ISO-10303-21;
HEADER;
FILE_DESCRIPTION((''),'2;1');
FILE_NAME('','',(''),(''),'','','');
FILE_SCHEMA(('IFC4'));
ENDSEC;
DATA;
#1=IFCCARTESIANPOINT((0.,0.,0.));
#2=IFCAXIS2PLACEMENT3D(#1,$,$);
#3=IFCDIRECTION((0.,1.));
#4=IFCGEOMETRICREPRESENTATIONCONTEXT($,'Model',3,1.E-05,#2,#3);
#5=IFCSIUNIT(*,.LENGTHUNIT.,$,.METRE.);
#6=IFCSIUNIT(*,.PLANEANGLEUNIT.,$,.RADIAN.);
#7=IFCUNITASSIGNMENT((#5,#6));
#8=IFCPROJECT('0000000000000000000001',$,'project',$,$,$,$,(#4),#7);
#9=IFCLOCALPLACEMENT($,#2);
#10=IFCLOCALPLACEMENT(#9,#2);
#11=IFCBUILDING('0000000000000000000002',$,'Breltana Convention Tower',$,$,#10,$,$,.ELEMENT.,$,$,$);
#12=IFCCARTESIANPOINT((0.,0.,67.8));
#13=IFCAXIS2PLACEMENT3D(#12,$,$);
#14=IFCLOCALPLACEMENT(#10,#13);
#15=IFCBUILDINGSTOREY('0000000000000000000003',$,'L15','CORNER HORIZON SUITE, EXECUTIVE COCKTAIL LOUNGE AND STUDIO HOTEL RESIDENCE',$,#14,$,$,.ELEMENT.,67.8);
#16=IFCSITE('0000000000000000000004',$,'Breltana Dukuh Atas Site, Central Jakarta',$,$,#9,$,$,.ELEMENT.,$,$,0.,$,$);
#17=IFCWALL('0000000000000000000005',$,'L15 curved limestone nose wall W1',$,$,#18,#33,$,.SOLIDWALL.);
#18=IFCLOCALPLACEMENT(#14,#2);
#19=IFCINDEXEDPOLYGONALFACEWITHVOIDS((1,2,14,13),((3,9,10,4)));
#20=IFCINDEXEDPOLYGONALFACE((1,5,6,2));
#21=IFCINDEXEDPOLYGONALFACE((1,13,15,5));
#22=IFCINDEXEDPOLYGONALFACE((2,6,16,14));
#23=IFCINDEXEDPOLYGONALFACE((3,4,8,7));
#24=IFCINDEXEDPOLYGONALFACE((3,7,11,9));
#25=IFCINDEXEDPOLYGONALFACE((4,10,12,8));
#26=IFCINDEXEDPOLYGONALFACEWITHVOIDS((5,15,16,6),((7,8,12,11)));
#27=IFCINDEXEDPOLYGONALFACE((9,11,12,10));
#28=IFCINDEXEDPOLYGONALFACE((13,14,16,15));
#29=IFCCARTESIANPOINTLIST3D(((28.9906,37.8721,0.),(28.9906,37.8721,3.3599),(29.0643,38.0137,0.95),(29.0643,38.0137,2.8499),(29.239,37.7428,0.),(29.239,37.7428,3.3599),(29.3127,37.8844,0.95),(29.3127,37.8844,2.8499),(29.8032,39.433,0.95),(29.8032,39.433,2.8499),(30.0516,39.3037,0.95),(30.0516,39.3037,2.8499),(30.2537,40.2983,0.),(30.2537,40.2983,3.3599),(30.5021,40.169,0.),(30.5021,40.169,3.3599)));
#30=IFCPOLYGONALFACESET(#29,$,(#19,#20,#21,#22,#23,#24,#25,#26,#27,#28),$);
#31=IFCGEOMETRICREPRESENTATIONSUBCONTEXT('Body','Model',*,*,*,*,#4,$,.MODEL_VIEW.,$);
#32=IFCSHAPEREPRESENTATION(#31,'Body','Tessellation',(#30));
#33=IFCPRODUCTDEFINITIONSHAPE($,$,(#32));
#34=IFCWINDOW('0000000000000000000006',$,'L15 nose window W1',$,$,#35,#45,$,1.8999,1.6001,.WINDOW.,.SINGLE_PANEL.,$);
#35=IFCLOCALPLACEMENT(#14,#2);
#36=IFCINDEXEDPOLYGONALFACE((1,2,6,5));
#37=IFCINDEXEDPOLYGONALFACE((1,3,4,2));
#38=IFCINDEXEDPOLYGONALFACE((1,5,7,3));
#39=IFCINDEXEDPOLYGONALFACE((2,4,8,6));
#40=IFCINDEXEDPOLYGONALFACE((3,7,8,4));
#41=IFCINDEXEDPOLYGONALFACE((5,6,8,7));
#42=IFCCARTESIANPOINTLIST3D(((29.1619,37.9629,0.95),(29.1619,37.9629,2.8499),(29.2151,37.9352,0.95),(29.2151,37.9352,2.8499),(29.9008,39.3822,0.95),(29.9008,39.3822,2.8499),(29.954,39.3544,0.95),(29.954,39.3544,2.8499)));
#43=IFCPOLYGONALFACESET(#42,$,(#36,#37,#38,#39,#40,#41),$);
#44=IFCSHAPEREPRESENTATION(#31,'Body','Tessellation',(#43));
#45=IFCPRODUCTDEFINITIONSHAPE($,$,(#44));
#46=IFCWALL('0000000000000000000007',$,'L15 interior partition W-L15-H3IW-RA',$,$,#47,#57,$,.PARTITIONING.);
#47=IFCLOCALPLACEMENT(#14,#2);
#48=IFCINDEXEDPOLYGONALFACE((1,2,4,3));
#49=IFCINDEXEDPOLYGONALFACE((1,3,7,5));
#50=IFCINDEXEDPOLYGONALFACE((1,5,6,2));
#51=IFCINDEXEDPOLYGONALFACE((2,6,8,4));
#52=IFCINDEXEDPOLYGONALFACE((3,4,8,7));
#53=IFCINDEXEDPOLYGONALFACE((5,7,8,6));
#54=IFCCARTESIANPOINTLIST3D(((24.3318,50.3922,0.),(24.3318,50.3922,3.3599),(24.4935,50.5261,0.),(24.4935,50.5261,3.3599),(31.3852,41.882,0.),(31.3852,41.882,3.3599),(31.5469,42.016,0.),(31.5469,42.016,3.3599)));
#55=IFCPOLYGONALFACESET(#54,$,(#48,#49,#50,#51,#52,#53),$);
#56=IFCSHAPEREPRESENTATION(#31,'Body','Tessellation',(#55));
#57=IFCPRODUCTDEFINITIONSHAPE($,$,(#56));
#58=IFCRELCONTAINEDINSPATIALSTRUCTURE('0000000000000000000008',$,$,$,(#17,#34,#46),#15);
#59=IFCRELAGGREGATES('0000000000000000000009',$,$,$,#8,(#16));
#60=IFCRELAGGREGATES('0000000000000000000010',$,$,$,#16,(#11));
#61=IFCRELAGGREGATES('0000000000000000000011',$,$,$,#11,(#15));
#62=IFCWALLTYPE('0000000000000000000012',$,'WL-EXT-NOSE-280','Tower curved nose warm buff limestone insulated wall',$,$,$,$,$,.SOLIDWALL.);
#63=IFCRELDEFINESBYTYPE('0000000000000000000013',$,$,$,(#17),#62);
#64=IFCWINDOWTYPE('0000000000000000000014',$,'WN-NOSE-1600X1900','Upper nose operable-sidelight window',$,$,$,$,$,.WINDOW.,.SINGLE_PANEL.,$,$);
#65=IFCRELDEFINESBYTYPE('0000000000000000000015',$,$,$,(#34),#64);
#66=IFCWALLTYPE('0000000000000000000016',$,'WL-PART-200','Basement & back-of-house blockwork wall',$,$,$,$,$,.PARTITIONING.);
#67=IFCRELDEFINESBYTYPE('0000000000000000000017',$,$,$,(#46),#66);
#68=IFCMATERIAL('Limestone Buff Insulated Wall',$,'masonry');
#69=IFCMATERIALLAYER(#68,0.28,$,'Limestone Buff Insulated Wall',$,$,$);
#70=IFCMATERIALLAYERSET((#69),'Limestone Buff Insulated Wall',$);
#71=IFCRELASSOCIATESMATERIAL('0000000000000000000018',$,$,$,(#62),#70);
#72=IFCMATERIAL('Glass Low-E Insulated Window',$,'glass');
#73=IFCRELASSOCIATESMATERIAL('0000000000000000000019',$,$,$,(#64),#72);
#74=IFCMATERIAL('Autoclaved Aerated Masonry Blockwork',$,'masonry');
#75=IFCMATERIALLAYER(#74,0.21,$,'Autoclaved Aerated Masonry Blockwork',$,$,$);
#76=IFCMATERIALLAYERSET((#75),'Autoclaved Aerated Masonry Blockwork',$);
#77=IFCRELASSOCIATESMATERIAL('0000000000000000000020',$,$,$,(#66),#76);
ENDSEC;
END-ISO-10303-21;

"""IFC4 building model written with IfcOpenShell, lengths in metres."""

from ifc_helpers import new_model, si_unit, direction, frame, frame_2d, origin, place, context, subcontext, project, spatial, rectangle, extrude, source, transform, mapped, material, layer, layer_set, type_object, type_shapes, element, fill, save


model = new_model("IFC4")

# Units and contexts
model_context = context("Model", 3, precision=1e-05, world=origin(), true_north=direction((0.0, 1.0)))
body_context = subcontext(model_context, "Body", "Model", "MODEL_VIEW")
ifc_project = project(units=[si_unit("LENGTHUNIT", "METRE"), si_unit("PLANEANGLEUNIT", "RADIAN")], contexts=[model_context])

# Site, building, storey
site_placement = place(None, origin())
site = spatial("IfcSite", under=ifc_project, at=site_placement, Name="Breltana Dukuh Atas Site, Central Jakarta", CompositionType="ELEMENT", RefElevation=0.0)
building_placement = place(site_placement, origin())
building = spatial("IfcBuilding", under=site, at=building_placement, Name="Breltana Convention Tower", CompositionType="ELEMENT")
storey_placement = place(building_placement, frame((0.0, 0.0, 67.8)))
storey = spatial("IfcBuildingStorey", under=building, at=storey_placement, Name="L15", Description="CORNER HORIZON SUITE, EXECUTIVE COCKTAIL LOUNGE AND STUDIO HOTEL RESIDENCE", CompositionType="ELEMENT", Elevation=67.8)

# Wall, opening, window
ifc_material_1 = material(Name="Limestone Buff Insulated Wall", Category="masonry")
ifc_layer_1 = layer(ifc_material_1, 0.28, Name="Limestone Buff Insulated Wall")
ifc_layer_set_1 = layer_set([ifc_layer_1], Name="Limestone Buff Insulated Wall")
wall_type_1 = type_object("IfcWallType", Name="WL-EXT-NOSE-280", Description="Tower curved nose warm buff limestone insulated wall", PredefinedType="SOLIDWALL", material=ifc_layer_set_1)
ifc_material_2 = material(Name="Glass Low-E Insulated Window", Category="glass")
window_type = type_object("IfcWindowType", Name="WN-NOSE-1600X1900", Description="Upper nose operable-sidelight window", PartitioningType="SINGLE_PANEL", PredefinedType="WINDOW", material=ifc_material_2)
shared_shape_1 = source(origin(), body_context, "Body", "SweptSolid", [
    extrude(rectangle(XDim=1.6001, YDim=1.8999, at=frame_2d((0.8, 0.95))), frame((0.0, 0.03, 0.0), z_axis=(0.0, -1.0, 0.0), x_axis=(1.0, 0.0, 0.0)), (0.0, 0.0, 1.0), 0.0601),
])
type_shapes(window_type, [shared_shape_1])
shared_shape_2 = source(origin(), body_context, "Body", "SweptSolid", [
    extrude(rectangle(XDim=2.7354, YDim=0.28, at=frame_2d((1.3677, 0.0))), origin(), (0.0, 0.0, 1.0), 3.3599),
])
wall_1_placement = place(storey_placement, frame((30.3779, 40.2336, 0.0), z_axis=(0.0, 0.0, 1.0), x_axis=(-0.461791, -0.886989, 0.0)))
wall_1 = element("IfcWall", 1, at=wall_1_placement, inside=storey, type_object=wall_type_1, Name="L15 curved limestone nose wall W1", PredefinedType="SOLIDWALL", context=body_context, shape_type="MappedRepresentation", body=[
    mapped(shared_shape_2, transform((0.0, 0.0, 0.0), scale=1.0)),
])
opening_1_placement = place(wall_1_placement, frame((0.9756, 0.0, 0.95)))
opening_1 = element("IfcOpeningElement", 2, at=opening_1_placement, cuts=wall_1, PredefinedType="OPENING", context=body_context, shape_type="SweptSolid", body=[
    extrude(rectangle(XDim=1.6001, YDim=1.8999, at=frame_2d((0.8, 0.95))), frame((0.0, 0.1499, 0.0), z_axis=(0.0, -1.0, 0.0), x_axis=(1.0, 0.0, 0.0)), (0.0, 0.0, 1.0), 0.3),
])
window_1_placement = place(opening_1_placement, origin())
window_1 = element("IfcWindow", 3, at=window_1_placement, inside=storey, type_object=window_type, Name="L15 nose window W1", OverallHeight=1.8999, OverallWidth=1.6001, PartitioningType="SINGLE_PANEL", PredefinedType="WINDOW", context=body_context, shape_type="MappedRepresentation", body=[
    mapped(shared_shape_1, transform((0.0, 0.0, 0.0), scale=1.0)),
])
fill(opening_1, window_1)

# Wall
ifc_material_3 = material(Name="Autoclaved Aerated Masonry Blockwork", Category="masonry")
ifc_layer_2 = layer(ifc_material_3, 0.21, Name="Autoclaved Aerated Masonry Blockwork")
ifc_layer_set_2 = layer_set([ifc_layer_2], Name="Autoclaved Aerated Masonry Blockwork")
wall_type_2 = type_object("IfcWallType", Name="WL-PART-200", Description="Basement & back-of-house blockwork wall", PredefinedType="PARTITIONING", material=ifc_layer_set_2)
shared_shape_3 = source(origin(), body_context, "Body", "SweptSolid", [
    extrude(rectangle(XDim=11.0532, YDim=0.21, at=frame_2d((5.5266, 0.0))), origin(), (0.0, 0.0, 1.0), 3.3599),
])
wall_2_placement = place(storey_placement, frame((31.4661, 41.949, 0.0), z_axis=(0.0, 0.0, 1.0), x_axis=(-0.638131, 0.769928, 0.0)))
element("IfcWall", 4, at=wall_2_placement, inside=storey, type_object=wall_type_2, Name="L15 interior partition W-L15-H3IW-RA", PredefinedType="PARTITIONING", context=body_context, shape_type="MappedRepresentation", body=[
    mapped(shared_shape_3, transform((0.0, 0.0, 0.0), scale=1.0)),
])

save(model, "model.ifc")
